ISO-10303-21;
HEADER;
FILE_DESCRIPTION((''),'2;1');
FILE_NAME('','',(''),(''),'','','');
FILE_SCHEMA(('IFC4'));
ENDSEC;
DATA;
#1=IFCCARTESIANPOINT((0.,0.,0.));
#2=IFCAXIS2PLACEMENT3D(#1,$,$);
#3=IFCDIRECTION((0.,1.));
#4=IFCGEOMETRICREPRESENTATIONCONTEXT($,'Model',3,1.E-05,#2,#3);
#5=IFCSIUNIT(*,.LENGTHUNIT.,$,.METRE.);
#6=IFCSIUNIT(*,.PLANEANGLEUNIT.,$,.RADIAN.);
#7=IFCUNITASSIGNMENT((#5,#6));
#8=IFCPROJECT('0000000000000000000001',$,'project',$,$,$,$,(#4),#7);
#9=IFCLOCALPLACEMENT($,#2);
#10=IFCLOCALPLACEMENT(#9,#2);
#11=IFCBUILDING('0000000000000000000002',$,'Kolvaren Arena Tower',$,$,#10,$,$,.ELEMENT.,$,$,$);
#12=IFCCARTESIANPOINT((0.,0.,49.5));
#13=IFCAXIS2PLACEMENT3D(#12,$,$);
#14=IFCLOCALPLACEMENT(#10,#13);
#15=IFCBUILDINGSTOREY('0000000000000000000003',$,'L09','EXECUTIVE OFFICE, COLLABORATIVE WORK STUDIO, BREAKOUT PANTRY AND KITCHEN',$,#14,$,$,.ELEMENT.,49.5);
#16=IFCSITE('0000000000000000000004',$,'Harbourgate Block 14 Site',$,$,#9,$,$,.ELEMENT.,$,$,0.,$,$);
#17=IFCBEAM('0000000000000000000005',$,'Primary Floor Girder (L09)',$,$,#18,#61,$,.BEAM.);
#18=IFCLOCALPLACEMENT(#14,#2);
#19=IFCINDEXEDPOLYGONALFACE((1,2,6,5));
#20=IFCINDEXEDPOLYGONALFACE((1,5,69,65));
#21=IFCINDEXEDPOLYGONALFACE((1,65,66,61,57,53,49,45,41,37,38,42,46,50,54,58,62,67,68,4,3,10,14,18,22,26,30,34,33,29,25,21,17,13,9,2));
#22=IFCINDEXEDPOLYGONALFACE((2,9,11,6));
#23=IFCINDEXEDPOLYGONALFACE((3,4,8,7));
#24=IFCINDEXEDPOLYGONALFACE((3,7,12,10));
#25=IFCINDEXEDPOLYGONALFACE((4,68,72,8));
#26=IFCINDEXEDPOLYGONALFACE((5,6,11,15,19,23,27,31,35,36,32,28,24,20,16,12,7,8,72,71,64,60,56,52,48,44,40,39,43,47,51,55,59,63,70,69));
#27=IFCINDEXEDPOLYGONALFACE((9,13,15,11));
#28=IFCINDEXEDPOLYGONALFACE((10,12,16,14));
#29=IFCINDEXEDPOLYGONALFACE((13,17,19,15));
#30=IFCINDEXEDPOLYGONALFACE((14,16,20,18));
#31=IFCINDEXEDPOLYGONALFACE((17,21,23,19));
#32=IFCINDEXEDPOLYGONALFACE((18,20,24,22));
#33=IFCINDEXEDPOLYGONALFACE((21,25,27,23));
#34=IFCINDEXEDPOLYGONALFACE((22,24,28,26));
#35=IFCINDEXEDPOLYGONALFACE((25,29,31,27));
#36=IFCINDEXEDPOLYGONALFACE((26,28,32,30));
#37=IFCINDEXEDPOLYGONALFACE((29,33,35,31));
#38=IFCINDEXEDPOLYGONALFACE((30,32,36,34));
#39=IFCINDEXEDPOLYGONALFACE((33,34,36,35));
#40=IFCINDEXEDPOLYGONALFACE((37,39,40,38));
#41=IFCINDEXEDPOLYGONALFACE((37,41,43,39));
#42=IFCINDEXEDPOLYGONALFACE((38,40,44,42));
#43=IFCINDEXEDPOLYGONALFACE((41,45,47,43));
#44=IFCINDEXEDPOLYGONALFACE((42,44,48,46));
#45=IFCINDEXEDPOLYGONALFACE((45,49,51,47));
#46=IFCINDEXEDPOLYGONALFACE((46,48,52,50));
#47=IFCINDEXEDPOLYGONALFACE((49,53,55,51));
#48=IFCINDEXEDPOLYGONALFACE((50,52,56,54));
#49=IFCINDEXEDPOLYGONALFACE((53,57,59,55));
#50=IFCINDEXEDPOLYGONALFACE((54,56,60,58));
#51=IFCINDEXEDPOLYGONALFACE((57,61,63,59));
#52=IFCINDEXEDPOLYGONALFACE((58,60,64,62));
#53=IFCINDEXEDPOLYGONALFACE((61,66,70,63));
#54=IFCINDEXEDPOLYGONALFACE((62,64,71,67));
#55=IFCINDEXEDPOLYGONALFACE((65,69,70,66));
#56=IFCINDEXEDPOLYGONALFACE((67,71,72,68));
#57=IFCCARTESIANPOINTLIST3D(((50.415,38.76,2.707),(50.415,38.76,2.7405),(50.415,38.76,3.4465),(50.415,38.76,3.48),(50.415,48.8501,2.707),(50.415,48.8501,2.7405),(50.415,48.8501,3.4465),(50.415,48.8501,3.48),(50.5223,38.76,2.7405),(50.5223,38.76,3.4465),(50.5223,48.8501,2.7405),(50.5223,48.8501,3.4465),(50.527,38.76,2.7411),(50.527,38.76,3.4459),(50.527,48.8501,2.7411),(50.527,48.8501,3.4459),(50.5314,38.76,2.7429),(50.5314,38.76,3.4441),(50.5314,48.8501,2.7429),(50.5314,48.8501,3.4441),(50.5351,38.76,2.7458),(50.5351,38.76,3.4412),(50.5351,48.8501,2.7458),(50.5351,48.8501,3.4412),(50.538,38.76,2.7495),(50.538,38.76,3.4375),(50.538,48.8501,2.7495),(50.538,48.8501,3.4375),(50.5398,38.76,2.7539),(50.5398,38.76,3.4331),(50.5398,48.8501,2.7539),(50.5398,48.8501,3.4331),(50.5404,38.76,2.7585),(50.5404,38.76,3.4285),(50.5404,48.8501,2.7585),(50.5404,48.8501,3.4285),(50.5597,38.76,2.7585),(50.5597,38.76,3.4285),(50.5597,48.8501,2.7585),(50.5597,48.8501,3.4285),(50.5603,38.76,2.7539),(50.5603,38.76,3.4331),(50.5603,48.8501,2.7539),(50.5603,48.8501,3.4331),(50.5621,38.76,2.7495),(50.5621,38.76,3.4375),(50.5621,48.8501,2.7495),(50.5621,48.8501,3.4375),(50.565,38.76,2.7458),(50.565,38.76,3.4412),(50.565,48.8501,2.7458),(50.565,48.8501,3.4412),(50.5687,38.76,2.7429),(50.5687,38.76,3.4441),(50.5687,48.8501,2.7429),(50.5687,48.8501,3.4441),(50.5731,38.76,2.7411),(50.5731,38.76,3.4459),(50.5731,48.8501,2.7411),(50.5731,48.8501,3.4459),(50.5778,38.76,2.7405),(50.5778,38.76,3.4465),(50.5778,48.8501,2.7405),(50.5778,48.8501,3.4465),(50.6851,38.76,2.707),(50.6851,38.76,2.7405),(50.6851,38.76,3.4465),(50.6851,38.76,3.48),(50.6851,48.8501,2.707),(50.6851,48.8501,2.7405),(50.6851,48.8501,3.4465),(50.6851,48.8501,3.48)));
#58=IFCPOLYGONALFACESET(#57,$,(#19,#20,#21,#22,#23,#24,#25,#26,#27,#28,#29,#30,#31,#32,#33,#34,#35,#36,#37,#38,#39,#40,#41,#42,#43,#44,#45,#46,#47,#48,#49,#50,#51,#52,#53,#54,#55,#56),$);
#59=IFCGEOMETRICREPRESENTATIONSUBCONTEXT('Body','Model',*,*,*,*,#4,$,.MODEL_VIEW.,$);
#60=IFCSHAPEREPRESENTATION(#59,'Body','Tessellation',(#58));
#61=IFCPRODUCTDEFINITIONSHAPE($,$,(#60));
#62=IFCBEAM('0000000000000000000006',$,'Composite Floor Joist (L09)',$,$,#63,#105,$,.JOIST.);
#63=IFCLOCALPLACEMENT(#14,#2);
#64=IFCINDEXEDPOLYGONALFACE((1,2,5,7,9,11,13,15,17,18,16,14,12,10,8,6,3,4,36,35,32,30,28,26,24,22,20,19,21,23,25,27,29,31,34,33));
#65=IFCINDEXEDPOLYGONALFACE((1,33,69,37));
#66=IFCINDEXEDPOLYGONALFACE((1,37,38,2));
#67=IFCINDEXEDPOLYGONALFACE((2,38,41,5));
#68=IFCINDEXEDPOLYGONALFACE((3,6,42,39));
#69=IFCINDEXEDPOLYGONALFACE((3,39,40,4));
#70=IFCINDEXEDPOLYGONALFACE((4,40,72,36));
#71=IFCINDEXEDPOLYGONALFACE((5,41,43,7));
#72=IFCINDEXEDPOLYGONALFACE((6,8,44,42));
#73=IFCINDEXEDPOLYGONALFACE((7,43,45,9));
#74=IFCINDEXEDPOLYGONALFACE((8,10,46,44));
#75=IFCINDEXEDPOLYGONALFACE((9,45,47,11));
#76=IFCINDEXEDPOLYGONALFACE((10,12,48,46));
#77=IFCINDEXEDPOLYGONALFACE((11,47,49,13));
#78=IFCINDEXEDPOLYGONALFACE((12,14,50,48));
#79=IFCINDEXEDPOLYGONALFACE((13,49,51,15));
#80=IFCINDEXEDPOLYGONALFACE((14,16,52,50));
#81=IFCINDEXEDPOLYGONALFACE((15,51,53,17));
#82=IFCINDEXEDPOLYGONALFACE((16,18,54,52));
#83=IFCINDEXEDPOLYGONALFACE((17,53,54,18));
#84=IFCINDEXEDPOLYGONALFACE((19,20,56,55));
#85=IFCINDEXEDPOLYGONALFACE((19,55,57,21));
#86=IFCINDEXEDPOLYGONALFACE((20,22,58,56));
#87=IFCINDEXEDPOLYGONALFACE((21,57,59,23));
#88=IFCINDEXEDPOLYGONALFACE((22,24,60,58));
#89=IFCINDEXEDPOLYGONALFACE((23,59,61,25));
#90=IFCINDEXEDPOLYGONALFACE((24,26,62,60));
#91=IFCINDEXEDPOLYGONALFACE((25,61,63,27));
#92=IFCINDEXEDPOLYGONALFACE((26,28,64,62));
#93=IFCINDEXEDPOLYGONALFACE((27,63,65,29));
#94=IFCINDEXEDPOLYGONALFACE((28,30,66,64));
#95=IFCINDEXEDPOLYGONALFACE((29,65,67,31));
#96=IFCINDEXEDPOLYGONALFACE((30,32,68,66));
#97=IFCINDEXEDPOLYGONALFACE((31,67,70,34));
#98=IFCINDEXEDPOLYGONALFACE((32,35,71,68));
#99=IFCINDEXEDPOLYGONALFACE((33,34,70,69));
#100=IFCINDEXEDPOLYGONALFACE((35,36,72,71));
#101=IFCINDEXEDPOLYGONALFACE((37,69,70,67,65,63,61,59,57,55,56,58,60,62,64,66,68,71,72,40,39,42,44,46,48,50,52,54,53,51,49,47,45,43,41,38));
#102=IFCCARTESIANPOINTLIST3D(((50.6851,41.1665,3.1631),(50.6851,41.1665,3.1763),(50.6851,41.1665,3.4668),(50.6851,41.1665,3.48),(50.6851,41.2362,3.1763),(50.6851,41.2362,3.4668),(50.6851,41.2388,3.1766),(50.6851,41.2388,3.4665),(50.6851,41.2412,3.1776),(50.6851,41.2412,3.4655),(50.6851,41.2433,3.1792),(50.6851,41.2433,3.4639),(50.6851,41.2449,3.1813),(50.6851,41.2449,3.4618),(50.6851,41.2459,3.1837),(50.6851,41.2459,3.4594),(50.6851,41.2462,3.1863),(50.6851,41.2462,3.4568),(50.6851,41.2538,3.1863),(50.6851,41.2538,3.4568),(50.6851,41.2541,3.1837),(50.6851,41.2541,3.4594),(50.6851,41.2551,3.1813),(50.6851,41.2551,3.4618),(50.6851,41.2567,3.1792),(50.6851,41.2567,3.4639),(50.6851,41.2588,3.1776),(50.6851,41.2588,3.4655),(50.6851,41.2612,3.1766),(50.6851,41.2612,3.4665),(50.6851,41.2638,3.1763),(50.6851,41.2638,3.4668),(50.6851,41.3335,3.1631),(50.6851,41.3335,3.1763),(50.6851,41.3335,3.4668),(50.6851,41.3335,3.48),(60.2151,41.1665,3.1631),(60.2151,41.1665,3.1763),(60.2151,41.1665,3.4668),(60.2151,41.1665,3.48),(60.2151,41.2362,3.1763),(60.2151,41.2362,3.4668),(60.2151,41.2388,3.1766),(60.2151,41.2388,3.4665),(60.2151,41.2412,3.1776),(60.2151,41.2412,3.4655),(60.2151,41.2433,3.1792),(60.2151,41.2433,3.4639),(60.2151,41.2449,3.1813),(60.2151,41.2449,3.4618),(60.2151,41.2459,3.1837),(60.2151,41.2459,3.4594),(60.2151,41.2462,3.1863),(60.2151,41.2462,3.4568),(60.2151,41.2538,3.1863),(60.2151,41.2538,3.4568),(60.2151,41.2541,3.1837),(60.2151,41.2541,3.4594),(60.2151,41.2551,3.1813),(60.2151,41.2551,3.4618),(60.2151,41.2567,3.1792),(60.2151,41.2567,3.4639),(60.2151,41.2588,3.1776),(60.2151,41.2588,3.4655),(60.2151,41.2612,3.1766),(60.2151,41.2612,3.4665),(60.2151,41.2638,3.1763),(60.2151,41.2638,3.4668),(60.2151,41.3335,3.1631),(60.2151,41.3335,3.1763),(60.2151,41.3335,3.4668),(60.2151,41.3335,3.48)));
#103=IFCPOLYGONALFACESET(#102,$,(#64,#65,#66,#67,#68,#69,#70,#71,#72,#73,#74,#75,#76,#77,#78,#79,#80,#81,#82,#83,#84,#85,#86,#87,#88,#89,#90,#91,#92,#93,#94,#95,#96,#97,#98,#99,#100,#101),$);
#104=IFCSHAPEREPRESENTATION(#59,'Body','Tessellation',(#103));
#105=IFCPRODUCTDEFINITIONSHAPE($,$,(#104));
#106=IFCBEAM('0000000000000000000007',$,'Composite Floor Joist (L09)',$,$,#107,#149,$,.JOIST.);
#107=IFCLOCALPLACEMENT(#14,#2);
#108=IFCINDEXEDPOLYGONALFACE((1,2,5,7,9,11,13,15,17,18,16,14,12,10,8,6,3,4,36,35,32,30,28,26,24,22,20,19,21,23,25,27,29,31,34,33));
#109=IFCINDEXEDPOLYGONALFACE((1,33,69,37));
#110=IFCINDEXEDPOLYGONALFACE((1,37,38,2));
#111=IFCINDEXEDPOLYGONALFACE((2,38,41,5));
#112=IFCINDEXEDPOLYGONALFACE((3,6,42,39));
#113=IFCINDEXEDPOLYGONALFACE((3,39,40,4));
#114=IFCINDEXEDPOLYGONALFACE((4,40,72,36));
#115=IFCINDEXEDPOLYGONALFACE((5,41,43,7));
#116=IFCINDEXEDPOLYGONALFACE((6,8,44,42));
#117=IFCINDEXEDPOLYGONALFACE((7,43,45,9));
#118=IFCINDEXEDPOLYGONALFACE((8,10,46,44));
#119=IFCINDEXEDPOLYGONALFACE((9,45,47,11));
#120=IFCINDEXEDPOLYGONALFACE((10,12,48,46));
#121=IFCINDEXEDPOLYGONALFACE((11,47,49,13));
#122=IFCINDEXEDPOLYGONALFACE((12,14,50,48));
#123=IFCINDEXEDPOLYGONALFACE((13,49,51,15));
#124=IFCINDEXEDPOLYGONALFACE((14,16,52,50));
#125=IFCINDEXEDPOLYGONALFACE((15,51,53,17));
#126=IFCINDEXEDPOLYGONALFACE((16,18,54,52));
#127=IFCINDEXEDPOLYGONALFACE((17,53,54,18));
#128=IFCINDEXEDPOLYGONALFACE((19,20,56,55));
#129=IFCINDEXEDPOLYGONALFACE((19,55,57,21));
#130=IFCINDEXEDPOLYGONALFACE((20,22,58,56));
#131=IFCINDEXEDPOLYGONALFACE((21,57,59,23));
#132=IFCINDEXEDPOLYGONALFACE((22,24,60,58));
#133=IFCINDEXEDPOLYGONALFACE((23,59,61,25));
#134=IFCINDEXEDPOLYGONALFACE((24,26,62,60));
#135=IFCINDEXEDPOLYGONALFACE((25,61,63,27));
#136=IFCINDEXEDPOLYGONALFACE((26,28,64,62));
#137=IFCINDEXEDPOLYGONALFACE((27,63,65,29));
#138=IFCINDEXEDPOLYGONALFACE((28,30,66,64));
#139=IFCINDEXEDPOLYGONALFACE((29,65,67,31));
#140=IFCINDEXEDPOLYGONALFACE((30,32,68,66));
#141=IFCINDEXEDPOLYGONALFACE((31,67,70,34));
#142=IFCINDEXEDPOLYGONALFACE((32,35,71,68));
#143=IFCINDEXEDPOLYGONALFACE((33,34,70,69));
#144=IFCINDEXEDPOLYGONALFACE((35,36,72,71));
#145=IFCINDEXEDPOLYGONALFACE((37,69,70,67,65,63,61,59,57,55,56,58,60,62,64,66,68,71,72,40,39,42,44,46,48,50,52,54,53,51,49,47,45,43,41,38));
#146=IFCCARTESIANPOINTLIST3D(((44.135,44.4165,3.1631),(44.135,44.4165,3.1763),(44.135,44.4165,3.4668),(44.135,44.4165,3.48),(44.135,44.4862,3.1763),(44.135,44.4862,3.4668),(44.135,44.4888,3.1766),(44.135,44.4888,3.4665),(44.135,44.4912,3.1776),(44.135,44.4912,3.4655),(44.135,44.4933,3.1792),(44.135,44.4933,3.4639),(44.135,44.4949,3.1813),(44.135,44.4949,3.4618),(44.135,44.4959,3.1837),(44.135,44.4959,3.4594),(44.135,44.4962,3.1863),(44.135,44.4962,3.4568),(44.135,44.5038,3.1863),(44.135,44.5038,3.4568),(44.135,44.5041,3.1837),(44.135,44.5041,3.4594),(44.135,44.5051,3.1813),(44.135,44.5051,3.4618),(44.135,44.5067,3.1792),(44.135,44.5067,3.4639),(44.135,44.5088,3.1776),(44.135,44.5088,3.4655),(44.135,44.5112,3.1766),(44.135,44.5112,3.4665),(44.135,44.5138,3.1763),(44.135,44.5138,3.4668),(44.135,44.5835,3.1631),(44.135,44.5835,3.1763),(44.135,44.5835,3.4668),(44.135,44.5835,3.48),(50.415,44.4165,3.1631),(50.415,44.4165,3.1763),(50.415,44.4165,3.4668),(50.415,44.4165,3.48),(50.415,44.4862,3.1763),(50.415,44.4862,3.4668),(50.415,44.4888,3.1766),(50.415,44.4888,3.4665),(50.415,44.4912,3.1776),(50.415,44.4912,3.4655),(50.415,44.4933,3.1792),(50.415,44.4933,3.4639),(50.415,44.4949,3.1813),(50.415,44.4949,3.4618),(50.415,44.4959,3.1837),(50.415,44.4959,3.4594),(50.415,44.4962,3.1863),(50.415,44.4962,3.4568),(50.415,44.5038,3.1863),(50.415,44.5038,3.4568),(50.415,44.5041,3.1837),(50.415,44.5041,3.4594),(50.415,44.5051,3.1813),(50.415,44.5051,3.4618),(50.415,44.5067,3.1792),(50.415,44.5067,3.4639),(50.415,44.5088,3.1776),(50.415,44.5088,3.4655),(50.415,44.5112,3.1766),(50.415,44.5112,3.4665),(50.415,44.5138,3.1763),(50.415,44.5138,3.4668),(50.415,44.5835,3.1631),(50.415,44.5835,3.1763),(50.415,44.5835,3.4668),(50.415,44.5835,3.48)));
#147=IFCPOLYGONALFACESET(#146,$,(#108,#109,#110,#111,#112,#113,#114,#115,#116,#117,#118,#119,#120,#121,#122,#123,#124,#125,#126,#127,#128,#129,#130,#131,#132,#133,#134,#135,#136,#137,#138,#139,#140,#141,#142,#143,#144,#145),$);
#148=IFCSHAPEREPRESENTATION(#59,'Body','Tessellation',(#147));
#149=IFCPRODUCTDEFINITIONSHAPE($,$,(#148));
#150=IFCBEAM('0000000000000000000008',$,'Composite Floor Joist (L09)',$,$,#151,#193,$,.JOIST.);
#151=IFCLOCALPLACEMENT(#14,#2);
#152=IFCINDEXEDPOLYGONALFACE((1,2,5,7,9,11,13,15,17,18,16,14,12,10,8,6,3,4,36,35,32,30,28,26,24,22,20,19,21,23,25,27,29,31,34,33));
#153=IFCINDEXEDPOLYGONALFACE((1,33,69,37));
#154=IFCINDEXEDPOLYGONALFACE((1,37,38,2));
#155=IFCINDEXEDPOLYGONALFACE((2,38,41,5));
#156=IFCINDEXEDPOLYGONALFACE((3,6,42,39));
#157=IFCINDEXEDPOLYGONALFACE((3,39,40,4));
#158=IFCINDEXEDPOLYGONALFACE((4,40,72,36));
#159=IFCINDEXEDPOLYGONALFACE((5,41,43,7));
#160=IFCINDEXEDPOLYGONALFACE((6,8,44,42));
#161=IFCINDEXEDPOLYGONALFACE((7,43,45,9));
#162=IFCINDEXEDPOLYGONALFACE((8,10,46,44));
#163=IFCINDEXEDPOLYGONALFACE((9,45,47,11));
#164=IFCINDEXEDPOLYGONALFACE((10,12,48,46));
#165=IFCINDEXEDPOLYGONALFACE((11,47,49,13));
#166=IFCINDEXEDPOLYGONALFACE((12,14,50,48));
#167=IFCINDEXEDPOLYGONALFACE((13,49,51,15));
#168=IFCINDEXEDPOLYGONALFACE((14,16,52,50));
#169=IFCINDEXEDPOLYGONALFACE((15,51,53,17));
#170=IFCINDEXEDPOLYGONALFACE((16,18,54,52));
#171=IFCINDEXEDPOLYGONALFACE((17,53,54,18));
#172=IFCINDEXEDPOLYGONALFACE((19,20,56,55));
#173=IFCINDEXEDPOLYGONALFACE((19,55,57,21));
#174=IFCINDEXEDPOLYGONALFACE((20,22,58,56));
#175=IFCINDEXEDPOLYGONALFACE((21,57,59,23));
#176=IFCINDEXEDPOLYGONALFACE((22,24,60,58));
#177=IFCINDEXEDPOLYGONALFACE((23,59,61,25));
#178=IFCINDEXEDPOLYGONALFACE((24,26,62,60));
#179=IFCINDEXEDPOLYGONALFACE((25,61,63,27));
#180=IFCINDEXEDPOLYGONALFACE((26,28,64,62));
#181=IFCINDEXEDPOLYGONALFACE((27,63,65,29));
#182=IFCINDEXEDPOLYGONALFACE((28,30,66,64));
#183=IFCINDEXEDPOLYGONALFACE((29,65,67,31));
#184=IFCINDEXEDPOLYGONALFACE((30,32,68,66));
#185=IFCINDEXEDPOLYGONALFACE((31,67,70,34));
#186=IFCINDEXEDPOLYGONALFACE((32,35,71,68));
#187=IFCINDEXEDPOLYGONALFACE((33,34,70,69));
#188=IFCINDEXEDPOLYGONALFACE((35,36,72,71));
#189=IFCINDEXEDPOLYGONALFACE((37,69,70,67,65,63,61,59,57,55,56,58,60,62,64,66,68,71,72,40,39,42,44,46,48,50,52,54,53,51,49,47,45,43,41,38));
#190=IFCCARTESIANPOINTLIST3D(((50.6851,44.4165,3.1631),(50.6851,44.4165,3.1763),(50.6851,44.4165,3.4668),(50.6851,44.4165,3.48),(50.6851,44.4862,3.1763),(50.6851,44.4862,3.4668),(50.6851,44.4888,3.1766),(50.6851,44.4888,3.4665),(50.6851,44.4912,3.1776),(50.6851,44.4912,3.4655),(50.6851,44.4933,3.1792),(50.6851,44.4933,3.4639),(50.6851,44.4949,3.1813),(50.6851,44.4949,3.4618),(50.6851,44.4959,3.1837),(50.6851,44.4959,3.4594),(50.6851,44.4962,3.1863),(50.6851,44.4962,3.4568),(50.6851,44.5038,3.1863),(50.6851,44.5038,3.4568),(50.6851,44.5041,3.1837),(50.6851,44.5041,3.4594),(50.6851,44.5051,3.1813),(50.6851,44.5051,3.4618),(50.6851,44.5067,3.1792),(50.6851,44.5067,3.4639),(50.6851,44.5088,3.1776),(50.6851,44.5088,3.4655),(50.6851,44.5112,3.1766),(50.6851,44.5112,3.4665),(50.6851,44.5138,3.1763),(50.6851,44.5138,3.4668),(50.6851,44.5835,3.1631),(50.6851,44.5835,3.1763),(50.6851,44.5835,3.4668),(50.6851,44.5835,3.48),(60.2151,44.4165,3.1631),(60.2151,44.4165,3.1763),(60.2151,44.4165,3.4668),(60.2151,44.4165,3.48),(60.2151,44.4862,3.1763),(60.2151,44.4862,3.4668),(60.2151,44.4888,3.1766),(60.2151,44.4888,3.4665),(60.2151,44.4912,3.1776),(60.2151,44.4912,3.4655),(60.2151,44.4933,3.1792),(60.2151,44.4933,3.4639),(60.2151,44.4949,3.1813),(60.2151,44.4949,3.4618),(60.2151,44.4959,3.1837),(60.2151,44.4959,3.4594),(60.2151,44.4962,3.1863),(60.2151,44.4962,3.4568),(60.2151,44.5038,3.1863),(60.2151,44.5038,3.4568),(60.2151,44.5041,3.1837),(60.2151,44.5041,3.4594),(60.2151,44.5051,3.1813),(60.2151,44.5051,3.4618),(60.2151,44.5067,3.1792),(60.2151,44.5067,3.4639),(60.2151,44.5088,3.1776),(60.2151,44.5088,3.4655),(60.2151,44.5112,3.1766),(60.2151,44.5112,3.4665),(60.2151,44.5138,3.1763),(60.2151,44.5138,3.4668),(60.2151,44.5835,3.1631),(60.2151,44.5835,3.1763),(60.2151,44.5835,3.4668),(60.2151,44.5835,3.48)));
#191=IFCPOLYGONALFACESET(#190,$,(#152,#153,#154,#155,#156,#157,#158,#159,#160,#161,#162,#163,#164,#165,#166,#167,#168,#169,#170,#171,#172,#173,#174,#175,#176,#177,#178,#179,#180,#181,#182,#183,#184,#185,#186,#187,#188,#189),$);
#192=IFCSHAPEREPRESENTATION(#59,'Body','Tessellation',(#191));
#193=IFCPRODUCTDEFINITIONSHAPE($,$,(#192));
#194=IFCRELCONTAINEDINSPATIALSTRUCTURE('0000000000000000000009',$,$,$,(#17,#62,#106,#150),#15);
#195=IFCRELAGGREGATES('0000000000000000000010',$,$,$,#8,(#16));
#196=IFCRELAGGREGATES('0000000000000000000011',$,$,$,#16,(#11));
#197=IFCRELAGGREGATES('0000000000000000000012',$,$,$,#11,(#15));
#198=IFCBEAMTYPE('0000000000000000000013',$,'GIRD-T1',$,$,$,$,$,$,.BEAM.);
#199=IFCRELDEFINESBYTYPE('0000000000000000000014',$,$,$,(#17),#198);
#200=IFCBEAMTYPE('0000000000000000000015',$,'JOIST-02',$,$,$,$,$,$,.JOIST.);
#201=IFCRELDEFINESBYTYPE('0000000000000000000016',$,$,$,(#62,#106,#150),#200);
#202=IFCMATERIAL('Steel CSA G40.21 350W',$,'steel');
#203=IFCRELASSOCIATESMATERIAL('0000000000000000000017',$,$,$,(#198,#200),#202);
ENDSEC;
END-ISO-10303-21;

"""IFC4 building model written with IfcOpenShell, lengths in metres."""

from ifc_helpers import new_model, si_unit, direction, frame, origin, origin_2d, place, context, subcontext, project, spatial, i_section, extrude, material, material_profile, profile_set, type_object, element, save


model = new_model("IFC4")

# Units and contexts
model_context = context("Model", 3, precision=1e-05, world=origin(), true_north=direction((0.0, 1.0)))
body_context = subcontext(model_context, "Body", "Model", "MODEL_VIEW")
ifc_project = project(units=[si_unit("LENGTHUNIT", "METRE"), si_unit("PLANEANGLEUNIT", "RADIAN")], contexts=[model_context])

# Site, building, storey
site_placement = place(None, origin())
site = spatial("IfcSite", under=ifc_project, at=site_placement, Name="Harbourgate Block 14 Site", CompositionType="ELEMENT", RefElevation=0.0)
building_placement = place(site_placement, origin())
building = spatial("IfcBuilding", under=site, at=building_placement, Name="Kolvaren Arena Tower", CompositionType="ELEMENT")
storey_placement = place(building_placement, frame((0.0, 0.0, 49.5)))
storey = spatial("IfcBuildingStorey", under=building, at=storey_placement, Name="L09", Description="EXECUTIVE OFFICE, COLLABORATIVE WORK STUDIO, BREAKOUT PANTRY AND KITCHEN", CompositionType="ELEMENT", Elevation=49.5)

# Beams
ifc_material_1 = material(Name="Steel CSA G40.21 350W", Category="steel")
ifc_material_profile_1 = material_profile(ifc_material_1, i_section(OverallWidth=0.27, OverallDepth=0.7729, WebThickness=0.0193, FlangeThickness=0.0334, FilletRadius=0.0181, at=origin_2d()), Name="W760x257")
ifc_profile_set_1 = profile_set([ifc_material_profile_1], Name="Steel CSA G40.21 350W")
beam_type_1 = type_object("IfcBeamType", Name="GIRD-T1", PredefinedType="BEAM", material=ifc_profile_set_1)
beam_1_placement = place(storey_placement, frame((50.55, 38.76, 3.0935), z_axis=(0.0, 1.0, 0.0), x_axis=(-1.0, 0.0, 0.0)))
element("IfcBeam", 1, at=beam_1_placement, inside=storey, type_object=beam_type_1, Name="Primary Floor Girder (L09)", PredefinedType="BEAM", context=body_context, shape_type="SweptSolid", body=[
    extrude(i_section(OverallWidth=0.27, OverallDepth=0.7729, WebThickness=0.0193, FlangeThickness=0.0334, FilletRadius=0.0181, at=origin_2d()), origin(), (0.0, 0.0, 1.0), 10.0901),
])
ifc_material_profile_2 = material_profile(ifc_material_1, i_section(OverallWidth=0.167, OverallDepth=0.3169, WebThickness=0.0076, FlangeThickness=0.0132, FilletRadius=0.01, at=origin_2d()), Name="W310x52")
ifc_profile_set_2 = profile_set([ifc_material_profile_2], Name="Steel CSA G40.21 350W")
beam_type_2 = type_object("IfcBeamType", Name="JOIST-02", PredefinedType="JOIST", material=ifc_profile_set_2)
beam_2_placement = place(storey_placement, frame((50.6851, 41.25, 3.3215), z_axis=(1.0, 0.0, 0.0), x_axis=(0.0, 1.0, 0.0)))
element("IfcBeam", 2, at=beam_2_placement, inside=storey, type_object=beam_type_2, Name="Composite Floor Joist (L09)", PredefinedType="JOIST", context=body_context, shape_type="SweptSolid", body=[
    extrude(i_section(OverallWidth=0.167, OverallDepth=0.3169, WebThickness=0.0076, FlangeThickness=0.0132, FilletRadius=0.01, at=origin_2d()), origin(), (0.0, 0.0, 1.0), 9.53),
])
beam_3_placement = place(storey_placement, frame((44.135, 44.5, 3.3215), z_axis=(1.0, 0.0, 0.0), x_axis=(0.0, 1.0, 0.0)))
element("IfcBeam", 3, at=beam_3_placement, inside=storey, type_object=beam_type_2, Name="Composite Floor Joist (L09)", PredefinedType="JOIST", context=body_context, shape_type="SweptSolid", body=[
    extrude(i_section(OverallWidth=0.167, OverallDepth=0.3169, WebThickness=0.0076, FlangeThickness=0.0132, FilletRadius=0.01, at=origin_2d()), origin(), (0.0, 0.0, 1.0), 6.28),
])
beam_4_placement = place(storey_placement, frame((50.6851, 44.5, 3.3215), z_axis=(1.0, 0.0, 0.0), x_axis=(0.0, 1.0, 0.0)))
element("IfcBeam", 4, at=beam_4_placement, inside=storey, type_object=beam_type_2, Name="Composite Floor Joist (L09)", PredefinedType="JOIST", context=body_context, shape_type="SweptSolid", body=[
    extrude(i_section(OverallWidth=0.167, OverallDepth=0.3169, WebThickness=0.0076, FlangeThickness=0.0132, FilletRadius=0.01, at=origin_2d()), origin(), (0.0, 0.0, 1.0), 9.53),
])

save(model, "model.ifc")
